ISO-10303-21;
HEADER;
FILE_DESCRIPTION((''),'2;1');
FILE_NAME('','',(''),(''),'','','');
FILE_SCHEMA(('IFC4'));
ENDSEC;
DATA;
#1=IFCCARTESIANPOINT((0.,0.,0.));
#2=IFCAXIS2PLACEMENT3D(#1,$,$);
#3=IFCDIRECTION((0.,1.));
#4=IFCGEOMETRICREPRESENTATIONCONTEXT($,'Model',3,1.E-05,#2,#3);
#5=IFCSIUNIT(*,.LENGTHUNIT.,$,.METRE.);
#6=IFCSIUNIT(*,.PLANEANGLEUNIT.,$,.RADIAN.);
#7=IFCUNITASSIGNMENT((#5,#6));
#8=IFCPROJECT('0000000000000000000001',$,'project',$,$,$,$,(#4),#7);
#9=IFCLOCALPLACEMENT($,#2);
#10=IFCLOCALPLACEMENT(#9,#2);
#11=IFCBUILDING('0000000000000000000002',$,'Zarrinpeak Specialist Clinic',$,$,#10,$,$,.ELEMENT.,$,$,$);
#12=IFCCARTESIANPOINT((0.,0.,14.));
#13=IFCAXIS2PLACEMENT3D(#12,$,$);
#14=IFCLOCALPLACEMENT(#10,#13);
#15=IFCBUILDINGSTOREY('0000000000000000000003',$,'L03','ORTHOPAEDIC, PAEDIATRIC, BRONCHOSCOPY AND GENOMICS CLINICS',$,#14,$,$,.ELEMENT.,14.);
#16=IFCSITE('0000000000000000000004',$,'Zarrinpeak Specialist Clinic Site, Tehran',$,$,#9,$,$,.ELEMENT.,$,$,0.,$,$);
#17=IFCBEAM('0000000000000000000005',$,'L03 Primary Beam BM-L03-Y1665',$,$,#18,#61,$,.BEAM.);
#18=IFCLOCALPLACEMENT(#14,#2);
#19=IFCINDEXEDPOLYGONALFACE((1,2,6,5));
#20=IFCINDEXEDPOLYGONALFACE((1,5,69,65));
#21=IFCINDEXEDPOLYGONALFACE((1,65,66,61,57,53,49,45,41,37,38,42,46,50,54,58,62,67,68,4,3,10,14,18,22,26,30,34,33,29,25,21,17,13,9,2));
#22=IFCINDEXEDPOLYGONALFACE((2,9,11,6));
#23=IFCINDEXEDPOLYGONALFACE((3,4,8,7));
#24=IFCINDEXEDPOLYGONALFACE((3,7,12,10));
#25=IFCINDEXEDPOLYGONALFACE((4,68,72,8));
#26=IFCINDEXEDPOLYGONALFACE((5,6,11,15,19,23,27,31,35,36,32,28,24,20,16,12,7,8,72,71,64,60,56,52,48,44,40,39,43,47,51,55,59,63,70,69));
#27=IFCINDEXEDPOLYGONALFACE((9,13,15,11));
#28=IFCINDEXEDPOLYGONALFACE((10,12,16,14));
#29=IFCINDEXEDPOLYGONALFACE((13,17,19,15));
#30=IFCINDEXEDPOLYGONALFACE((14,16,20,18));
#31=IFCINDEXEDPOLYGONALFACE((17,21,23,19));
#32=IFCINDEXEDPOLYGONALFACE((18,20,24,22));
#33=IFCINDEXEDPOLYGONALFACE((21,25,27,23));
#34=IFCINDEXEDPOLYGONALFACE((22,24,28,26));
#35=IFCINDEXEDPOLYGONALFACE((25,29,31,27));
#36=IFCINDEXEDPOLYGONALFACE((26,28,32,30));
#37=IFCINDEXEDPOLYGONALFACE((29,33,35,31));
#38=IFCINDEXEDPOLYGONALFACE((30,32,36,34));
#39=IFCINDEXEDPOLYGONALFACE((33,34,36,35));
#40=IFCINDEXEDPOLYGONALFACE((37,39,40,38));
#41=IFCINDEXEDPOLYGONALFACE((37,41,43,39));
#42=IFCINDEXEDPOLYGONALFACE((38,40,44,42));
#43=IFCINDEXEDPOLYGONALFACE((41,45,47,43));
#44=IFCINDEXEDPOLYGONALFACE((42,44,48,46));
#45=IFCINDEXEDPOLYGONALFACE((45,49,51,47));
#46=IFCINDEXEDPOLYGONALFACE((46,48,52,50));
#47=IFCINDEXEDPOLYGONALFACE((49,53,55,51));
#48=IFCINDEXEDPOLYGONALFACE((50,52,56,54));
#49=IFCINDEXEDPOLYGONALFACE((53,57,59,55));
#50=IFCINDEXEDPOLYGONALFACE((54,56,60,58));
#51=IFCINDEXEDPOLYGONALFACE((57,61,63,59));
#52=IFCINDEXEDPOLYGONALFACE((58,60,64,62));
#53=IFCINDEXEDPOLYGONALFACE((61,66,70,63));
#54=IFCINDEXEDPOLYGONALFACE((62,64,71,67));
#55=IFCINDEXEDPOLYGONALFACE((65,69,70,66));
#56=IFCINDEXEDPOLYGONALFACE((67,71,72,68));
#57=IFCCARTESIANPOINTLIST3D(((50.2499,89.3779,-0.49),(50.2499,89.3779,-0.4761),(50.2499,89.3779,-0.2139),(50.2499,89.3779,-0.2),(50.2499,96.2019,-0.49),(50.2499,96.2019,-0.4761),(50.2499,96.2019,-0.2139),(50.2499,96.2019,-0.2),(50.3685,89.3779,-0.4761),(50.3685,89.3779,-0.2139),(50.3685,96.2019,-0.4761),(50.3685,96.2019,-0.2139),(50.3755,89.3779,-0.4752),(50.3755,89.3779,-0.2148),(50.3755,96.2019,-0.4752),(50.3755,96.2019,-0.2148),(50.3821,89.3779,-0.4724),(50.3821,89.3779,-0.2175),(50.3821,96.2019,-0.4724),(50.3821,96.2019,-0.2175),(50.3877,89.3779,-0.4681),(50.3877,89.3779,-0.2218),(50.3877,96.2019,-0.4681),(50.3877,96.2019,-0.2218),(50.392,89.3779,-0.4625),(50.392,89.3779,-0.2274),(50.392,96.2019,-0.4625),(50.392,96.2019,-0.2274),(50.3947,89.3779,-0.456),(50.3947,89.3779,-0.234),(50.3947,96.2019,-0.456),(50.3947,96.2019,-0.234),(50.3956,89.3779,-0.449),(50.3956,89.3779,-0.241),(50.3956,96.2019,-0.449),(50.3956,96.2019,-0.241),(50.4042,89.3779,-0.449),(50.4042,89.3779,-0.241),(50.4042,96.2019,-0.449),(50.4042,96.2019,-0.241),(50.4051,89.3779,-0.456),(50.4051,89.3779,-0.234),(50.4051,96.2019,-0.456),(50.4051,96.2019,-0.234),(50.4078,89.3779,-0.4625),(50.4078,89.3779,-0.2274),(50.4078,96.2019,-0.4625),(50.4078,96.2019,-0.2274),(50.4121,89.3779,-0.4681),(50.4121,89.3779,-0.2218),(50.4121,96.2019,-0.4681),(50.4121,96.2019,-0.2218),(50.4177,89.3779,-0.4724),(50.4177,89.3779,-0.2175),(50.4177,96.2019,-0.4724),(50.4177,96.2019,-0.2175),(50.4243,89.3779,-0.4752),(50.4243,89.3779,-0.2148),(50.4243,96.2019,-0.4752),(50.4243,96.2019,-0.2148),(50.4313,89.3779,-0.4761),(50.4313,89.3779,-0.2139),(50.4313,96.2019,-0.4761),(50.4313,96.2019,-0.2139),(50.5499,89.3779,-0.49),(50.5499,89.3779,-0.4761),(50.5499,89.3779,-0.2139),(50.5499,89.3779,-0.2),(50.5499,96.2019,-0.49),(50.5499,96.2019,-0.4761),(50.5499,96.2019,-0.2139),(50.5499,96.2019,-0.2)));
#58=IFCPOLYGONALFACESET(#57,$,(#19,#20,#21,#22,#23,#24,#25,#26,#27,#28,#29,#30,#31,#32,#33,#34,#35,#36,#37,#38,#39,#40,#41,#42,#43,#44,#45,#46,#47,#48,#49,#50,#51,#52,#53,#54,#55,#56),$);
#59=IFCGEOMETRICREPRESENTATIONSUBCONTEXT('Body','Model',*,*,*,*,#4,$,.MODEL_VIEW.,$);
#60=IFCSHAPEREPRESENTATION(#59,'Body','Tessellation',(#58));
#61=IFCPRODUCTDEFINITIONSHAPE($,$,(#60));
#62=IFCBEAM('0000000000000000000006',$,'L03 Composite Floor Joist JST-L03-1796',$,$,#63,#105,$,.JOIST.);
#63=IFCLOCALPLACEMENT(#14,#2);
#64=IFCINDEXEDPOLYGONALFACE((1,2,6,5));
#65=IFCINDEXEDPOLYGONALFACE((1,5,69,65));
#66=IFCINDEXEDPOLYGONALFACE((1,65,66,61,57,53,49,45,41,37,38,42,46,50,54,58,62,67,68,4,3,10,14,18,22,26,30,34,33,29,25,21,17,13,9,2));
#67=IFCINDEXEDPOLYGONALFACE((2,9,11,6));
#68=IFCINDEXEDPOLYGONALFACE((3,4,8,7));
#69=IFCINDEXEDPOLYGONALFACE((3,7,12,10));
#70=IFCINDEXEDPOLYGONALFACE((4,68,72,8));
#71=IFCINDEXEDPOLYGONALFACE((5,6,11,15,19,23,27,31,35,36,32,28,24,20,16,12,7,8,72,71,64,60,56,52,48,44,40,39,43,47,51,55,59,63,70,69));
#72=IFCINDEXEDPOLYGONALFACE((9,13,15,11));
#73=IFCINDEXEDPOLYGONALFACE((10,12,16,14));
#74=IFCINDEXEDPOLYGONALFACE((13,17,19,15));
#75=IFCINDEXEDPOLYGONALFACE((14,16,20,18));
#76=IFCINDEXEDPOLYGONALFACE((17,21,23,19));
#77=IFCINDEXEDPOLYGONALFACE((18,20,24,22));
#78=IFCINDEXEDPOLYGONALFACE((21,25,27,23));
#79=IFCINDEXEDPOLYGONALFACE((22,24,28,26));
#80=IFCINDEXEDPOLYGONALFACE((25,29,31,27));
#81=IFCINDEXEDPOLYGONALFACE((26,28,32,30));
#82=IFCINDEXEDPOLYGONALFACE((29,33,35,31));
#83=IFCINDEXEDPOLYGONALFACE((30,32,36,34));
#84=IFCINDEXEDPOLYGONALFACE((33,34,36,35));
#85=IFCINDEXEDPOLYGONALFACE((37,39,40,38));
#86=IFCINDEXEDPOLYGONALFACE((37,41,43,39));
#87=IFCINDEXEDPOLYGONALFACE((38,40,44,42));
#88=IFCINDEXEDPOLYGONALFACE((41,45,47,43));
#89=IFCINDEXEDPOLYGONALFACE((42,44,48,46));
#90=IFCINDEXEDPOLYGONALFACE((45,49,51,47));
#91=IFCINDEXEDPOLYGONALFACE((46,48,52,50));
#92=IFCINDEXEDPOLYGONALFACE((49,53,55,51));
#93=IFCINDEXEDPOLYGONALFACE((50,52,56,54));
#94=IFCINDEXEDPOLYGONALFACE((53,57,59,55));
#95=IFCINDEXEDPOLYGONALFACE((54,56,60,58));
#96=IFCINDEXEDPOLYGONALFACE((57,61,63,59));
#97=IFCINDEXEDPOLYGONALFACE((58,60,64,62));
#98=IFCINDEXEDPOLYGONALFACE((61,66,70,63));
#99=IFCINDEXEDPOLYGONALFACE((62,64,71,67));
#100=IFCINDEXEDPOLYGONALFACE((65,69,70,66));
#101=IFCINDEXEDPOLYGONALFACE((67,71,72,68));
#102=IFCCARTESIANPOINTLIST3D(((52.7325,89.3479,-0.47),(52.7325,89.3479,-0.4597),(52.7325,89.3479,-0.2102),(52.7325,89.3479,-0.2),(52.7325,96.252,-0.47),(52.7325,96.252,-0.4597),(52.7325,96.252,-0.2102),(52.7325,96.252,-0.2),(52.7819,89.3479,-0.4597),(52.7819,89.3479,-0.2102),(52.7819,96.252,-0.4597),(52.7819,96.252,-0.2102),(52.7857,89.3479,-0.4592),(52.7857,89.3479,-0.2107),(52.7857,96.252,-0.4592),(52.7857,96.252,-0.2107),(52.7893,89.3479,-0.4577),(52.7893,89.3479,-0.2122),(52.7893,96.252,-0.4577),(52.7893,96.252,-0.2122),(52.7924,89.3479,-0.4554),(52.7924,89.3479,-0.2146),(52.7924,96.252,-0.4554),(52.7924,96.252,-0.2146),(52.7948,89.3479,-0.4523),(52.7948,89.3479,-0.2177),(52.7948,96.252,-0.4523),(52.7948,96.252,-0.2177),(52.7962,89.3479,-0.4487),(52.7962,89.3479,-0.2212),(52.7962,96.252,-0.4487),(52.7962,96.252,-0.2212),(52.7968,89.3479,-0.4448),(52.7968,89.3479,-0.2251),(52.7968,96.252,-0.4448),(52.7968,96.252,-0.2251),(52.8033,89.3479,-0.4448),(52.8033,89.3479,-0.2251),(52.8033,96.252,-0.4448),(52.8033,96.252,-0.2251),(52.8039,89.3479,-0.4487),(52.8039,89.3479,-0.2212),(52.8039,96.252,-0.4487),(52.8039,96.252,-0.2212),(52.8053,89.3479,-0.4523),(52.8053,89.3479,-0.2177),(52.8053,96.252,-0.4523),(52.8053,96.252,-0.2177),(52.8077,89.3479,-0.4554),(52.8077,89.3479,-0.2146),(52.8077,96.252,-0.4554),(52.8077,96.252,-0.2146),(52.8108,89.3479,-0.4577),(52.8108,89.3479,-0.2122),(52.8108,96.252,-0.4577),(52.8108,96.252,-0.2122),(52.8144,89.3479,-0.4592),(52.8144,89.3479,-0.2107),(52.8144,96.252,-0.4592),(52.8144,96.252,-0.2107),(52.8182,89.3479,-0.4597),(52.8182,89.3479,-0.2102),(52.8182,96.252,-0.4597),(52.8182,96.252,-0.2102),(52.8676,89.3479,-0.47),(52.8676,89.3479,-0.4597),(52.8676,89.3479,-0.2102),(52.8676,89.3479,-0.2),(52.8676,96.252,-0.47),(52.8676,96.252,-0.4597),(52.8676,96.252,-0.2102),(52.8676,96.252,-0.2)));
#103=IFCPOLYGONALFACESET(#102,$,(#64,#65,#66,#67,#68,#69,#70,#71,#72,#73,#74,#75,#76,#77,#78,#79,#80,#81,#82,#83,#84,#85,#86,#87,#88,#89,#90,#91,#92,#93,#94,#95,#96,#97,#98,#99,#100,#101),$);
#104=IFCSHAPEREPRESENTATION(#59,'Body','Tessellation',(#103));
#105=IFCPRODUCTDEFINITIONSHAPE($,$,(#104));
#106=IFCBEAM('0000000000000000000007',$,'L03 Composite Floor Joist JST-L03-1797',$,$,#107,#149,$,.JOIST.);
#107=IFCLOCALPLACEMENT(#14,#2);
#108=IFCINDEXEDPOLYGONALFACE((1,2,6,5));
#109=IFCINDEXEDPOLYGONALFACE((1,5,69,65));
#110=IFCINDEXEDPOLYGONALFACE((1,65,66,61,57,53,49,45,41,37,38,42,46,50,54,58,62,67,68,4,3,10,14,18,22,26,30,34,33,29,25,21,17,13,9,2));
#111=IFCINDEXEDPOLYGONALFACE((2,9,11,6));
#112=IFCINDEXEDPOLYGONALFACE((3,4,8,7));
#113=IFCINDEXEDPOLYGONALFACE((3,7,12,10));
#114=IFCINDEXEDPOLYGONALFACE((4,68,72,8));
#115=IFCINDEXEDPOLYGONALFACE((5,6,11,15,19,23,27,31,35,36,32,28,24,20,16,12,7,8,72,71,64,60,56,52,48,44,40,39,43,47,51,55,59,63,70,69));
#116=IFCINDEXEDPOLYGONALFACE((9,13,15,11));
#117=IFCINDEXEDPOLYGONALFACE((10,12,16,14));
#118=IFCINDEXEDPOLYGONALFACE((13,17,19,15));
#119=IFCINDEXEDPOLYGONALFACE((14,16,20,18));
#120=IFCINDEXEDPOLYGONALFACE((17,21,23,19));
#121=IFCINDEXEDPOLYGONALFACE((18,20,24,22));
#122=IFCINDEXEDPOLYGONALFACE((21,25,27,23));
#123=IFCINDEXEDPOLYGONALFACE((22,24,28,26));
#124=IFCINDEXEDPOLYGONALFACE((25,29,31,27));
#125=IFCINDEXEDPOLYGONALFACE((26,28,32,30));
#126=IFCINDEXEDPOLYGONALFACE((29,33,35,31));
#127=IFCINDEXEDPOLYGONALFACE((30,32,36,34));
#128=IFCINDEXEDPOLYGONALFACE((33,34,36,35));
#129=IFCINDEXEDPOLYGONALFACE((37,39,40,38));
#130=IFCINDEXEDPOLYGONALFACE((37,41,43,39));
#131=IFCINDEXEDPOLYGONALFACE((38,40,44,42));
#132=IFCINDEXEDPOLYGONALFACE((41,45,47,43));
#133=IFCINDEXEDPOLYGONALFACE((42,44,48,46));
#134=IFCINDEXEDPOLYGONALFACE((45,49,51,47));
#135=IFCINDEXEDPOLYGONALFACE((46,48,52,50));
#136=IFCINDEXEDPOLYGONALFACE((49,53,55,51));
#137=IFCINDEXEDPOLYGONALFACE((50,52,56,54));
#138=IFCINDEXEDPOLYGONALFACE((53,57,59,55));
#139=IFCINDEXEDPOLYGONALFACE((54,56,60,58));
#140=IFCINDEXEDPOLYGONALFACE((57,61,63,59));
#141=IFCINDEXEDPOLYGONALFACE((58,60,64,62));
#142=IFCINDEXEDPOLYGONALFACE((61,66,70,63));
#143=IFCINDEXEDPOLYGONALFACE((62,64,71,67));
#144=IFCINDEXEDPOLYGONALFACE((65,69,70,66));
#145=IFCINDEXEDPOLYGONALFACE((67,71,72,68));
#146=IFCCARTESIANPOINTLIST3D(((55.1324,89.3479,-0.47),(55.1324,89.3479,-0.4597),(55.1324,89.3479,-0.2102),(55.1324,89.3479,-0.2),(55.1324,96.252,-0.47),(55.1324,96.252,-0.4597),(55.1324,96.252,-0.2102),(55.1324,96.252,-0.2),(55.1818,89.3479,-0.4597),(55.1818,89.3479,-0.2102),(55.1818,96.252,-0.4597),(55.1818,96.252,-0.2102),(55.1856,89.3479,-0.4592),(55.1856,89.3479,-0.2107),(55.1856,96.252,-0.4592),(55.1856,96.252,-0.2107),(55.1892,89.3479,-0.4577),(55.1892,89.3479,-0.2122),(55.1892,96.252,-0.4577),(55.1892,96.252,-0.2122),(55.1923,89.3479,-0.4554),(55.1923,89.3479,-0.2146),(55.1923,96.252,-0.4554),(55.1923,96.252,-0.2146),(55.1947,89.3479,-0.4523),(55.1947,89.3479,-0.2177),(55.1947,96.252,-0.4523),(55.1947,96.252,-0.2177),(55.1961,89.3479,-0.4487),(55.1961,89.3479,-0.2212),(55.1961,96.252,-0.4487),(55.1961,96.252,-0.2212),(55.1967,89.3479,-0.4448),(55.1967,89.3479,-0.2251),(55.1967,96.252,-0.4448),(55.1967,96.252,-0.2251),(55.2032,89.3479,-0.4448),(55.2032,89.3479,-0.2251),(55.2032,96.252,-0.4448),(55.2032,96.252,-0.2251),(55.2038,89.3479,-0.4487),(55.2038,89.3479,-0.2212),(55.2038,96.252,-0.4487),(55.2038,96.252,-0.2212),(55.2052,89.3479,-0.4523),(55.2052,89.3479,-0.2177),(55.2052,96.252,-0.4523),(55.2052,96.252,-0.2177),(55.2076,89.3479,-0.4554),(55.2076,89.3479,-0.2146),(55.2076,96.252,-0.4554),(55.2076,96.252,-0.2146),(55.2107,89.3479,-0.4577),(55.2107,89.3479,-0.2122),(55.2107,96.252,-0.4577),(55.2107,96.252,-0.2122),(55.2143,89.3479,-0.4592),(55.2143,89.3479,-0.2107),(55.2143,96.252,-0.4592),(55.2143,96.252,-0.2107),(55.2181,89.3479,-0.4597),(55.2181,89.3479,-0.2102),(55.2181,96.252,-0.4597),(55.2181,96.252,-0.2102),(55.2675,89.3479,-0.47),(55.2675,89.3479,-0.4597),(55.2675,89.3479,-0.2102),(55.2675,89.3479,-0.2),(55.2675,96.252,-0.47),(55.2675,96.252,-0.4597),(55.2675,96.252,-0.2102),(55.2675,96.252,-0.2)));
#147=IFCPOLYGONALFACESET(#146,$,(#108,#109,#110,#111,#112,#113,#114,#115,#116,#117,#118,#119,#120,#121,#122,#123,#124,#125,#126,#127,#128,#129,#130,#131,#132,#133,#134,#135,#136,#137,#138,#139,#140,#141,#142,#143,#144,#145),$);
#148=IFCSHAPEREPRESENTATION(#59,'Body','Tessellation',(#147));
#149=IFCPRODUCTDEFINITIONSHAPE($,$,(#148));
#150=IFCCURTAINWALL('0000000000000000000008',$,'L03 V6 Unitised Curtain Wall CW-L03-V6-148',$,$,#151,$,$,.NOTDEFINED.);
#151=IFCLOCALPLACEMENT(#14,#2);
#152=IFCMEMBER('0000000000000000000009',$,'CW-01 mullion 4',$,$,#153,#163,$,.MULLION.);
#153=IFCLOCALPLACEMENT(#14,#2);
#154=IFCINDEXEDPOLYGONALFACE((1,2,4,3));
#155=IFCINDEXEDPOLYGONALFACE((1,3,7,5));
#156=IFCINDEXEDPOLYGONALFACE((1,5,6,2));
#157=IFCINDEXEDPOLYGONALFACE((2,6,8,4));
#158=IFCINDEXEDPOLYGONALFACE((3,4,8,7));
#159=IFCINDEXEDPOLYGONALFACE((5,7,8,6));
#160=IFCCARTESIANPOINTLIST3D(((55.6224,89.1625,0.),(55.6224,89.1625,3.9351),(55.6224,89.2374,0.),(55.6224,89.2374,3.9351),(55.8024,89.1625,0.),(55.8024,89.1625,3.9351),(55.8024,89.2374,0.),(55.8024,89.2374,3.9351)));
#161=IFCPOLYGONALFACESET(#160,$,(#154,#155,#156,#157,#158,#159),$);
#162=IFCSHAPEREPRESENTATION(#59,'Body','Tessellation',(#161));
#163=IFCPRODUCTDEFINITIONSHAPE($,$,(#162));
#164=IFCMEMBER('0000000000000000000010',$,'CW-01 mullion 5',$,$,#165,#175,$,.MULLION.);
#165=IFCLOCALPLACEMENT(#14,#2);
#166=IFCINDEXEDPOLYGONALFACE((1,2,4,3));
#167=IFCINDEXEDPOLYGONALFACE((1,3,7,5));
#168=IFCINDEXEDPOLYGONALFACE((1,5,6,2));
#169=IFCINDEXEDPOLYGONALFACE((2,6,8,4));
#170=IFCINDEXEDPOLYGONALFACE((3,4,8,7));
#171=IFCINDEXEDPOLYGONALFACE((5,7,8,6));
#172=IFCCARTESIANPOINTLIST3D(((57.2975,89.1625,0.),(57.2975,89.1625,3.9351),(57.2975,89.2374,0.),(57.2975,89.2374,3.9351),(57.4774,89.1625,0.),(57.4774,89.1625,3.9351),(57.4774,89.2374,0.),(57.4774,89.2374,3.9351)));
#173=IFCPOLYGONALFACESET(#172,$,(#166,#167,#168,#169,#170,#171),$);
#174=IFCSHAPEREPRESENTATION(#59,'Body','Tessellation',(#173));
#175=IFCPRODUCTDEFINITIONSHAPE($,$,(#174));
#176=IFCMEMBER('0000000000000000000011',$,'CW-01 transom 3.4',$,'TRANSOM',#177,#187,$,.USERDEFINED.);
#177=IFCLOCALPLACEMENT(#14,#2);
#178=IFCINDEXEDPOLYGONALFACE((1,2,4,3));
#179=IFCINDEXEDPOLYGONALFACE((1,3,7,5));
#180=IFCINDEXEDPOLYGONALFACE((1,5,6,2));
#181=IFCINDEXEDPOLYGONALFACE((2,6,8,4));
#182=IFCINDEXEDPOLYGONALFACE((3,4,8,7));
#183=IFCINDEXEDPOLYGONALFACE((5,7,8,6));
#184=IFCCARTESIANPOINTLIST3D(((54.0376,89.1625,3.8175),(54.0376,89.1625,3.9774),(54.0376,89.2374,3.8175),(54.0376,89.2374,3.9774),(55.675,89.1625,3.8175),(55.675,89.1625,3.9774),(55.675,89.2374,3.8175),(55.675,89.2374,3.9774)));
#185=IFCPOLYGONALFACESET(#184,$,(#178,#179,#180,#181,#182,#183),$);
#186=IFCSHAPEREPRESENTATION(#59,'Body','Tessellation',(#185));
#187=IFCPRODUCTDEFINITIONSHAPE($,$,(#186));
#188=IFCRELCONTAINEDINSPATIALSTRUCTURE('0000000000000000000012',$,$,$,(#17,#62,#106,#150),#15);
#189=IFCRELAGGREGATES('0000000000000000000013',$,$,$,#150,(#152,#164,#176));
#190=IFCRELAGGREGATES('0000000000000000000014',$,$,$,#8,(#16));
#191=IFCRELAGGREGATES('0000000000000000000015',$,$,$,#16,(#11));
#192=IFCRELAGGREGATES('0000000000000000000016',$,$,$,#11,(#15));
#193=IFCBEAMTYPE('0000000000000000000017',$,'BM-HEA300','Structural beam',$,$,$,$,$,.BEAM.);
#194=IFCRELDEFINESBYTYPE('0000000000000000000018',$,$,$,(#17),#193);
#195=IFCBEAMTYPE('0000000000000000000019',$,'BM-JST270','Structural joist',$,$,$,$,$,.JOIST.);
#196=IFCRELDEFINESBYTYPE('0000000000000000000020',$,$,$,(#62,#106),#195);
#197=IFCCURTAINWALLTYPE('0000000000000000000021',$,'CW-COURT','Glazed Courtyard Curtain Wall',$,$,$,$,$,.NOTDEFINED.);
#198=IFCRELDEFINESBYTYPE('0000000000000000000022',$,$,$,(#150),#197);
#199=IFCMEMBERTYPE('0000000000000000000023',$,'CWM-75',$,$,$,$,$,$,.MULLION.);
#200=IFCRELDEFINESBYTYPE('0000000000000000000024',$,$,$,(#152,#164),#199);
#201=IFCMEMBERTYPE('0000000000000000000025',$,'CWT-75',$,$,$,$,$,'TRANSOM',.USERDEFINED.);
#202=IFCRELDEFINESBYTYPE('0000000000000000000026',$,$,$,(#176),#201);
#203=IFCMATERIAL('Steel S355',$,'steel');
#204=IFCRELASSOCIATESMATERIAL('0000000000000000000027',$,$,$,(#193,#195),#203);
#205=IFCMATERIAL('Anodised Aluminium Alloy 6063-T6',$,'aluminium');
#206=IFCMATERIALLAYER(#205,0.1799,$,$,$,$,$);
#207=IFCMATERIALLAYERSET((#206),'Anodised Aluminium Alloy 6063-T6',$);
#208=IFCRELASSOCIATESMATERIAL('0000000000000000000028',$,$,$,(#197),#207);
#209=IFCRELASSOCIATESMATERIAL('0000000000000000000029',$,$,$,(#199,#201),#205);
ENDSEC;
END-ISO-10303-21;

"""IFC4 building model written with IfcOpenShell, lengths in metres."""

from ifc_helpers import new_model, si_unit, direction, frame, origin, origin_2d, place, context, subcontext, project, spatial, rectangle, i_section, extrude, material, layer, layer_set, material_profile, profile_set, type_object, element, aggregate, save


model = new_model("IFC4")

# Units and contexts
model_context = context("Model", 3, precision=1e-05, world=origin(), true_north=direction((0.0, 1.0)))
body_context = subcontext(model_context, "Body", "Model", "MODEL_VIEW")
ifc_project = project(units=[si_unit("LENGTHUNIT", "METRE"), si_unit("PLANEANGLEUNIT", "RADIAN")], contexts=[model_context])

# Site, building, storey
site_placement = place(None, origin())
site = spatial("IfcSite", under=ifc_project, at=site_placement, Name="Zarrinpeak Specialist Clinic Site, Tehran", CompositionType="ELEMENT", RefElevation=0.0)
building_placement = place(site_placement, origin())
building = spatial("IfcBuilding", under=site, at=building_placement, Name="Zarrinpeak Specialist Clinic", CompositionType="ELEMENT")
storey_placement = place(building_placement, frame((0.0, 0.0, 14.0)))
storey = spatial("IfcBuildingStorey", under=building, at=storey_placement, Name="L03", Description="ORTHOPAEDIC, PAEDIATRIC, BRONCHOSCOPY AND GENOMICS CLINICS", CompositionType="ELEMENT", Elevation=14.0)

# Beams
ifc_material_1 = material(Name="Steel S355", Category="steel")
ifc_material_profile_1 = material_profile(ifc_material_1, i_section(OverallWidth=0.3, OverallDepth=0.29, WebThickness=0.0085, FlangeThickness=0.0139, FilletRadius=0.0271, at=origin_2d()), Name="HEA 300")
ifc_profile_set_1 = profile_set([ifc_material_profile_1], Name="Steel S355")
beam_type_1 = type_object("IfcBeamType", Name="BM-HEA300", Description="Structural beam", PredefinedType="BEAM", material=ifc_profile_set_1)
beam_placement = place(storey_placement, frame((50.3999, 89.3779, -0.345), z_axis=(0.0, 1.0, 0.0), x_axis=(-1.0, 0.0, 0.0)))
element("IfcBeam", 1, at=beam_placement, inside=storey, type_object=beam_type_1, Name="L03 Primary Beam BM-L03-Y1665", PredefinedType="BEAM", context=body_context, shape_type="SweptSolid", body=[
    extrude(i_section(OverallWidth=0.3, OverallDepth=0.29, WebThickness=0.0085, FlangeThickness=0.0139, FilletRadius=0.0271, at=origin_2d()), origin(), (0.0, 0.0, 1.0), 6.824),
])
ifc_material_profile_2 = material_profile(ifc_material_1, i_section(OverallWidth=0.135, OverallDepth=0.27, WebThickness=0.0066, FlangeThickness=0.0103, FilletRadius=0.0149, at=origin_2d()), Name="IPE 270")
ifc_profile_set_2 = profile_set([ifc_material_profile_2], Name="Steel S355")
beam_type_2 = type_object("IfcBeamType", Name="BM-JST270", Description="Structural joist", PredefinedType="JOIST", material=ifc_profile_set_2)
for number, where, z_axis, x_axis, name in (
    (2, (52.8, 89.3479, -0.335), (0.0, 1.0, 0.0), (-1.0, 0.0, 0.0), "L03 Composite Floor Joist JST-L03-1796"),
    (3, (55.2, 89.3479, -0.335), (0.0, 1.0, 0.0), (-1.0, 0.0, 0.0), "L03 Composite Floor Joist JST-L03-1797"),
):
    element("IfcBeam", number, at=place(storey_placement, frame(where, z_axis=z_axis, x_axis=x_axis)), inside=storey, type_object=beam_type_2, Name=name, PredefinedType="JOIST", context=body_context, shape_type="SweptSolid", body=[
        extrude(i_section(OverallWidth=0.135, OverallDepth=0.27, WebThickness=0.0066, FlangeThickness=0.0103, FilletRadius=0.0149, at=origin_2d()), origin(), (0.0, 0.0, 1.0), 6.9041),
    ])

# Curtain wall, members
ifc_material_2 = material(Name="Anodised Aluminium Alloy 6063-T6", Category="aluminium")
ifc_layer_1 = layer(ifc_material_2, 0.1799)
ifc_layer_set_1 = layer_set([ifc_layer_1], Name="Anodised Aluminium Alloy 6063-T6")
curtain_wall_type = type_object("IfcCurtainWallType", Name="CW-COURT", Description="Glazed Courtyard Curtain Wall", PredefinedType="NOTDEFINED", material=ifc_layer_set_1)
curtain_wall_placement = place(storey_placement, origin())
curtain_wall = element("IfcCurtainWall", 4, at=curtain_wall_placement, inside=storey, type_object=curtain_wall_type, Name="L03 V6 Unitised Curtain Wall CW-L03-V6-148", PredefinedType="NOTDEFINED")
ifc_material_profile_3 = material_profile(ifc_material_2, rectangle(XDim=0.075, YDim=0.1799, at=origin_2d()), Name="ALU 75x180")
ifc_profile_set_3 = profile_set([ifc_material_profile_3], Name="Anodised Aluminium Alloy 6063-T6")
member_type_1 = type_object("IfcMemberType", Name="CWM-75", PredefinedType="MULLION", material=ifc_profile_set_3)
member_1_placement = place(storey_placement, frame((55.7124, 89.2, 0.0), z_axis=(0.0, 0.0, 1.0), x_axis=(0.0, 1.0, 0.0)))
member_1 = element("IfcMember", 5, at=member_1_placement, type_object=member_type_1, Name="CW-01 mullion 4", PredefinedType="MULLION", context=body_context, shape_type="SweptSolid", body=[
    extrude(rectangle(XDim=0.075, YDim=0.1799, at=origin_2d()), origin(), (0.0, 0.0, 1.0), 3.9351),
])
member_2_placement = place(storey_placement, frame((57.3875, 89.2, 0.0), z_axis=(0.0, 0.0, 1.0), x_axis=(0.0, 1.0, 0.0)))
member_2 = element("IfcMember", 6, at=member_2_placement, type_object=member_type_1, Name="CW-01 mullion 5", PredefinedType="MULLION", context=body_context, shape_type="SweptSolid", body=[
    extrude(rectangle(XDim=0.075, YDim=0.1799, at=origin_2d()), origin(), (0.0, 0.0, 1.0), 3.9351),
])
ifc_material_profile_4 = material_profile(ifc_material_2, rectangle(XDim=0.075, YDim=0.1599, at=origin_2d()), Name="ALU 75x160")
ifc_profile_set_4 = profile_set([ifc_material_profile_4], Name="Anodised Aluminium Alloy 6063-T6")
member_type_2 = type_object("IfcMemberType", Name="CWT-75", ElementType="TRANSOM", PredefinedType="USERDEFINED", material=ifc_profile_set_4)
member_3_placement = place(storey_placement, frame((54.0376, 89.2, 3.8975), z_axis=(1.0, 0.0, 0.0), x_axis=(0.0, 1.0, 0.0)))
member_3 = element("IfcMember", 7, at=member_3_placement, type_object=member_type_2, Name="CW-01 transom 3.4", ObjectType="TRANSOM", PredefinedType="USERDEFINED", context=body_context, shape_type="SweptSolid", body=[
    extrude(rectangle(XDim=0.075, YDim=0.1599, at=origin_2d()), origin(), (0.0, 0.0, 1.0), 1.6375),
])

aggregate(curtain_wall, [member_1, member_2, member_3])

save(model, "model.ifc")
